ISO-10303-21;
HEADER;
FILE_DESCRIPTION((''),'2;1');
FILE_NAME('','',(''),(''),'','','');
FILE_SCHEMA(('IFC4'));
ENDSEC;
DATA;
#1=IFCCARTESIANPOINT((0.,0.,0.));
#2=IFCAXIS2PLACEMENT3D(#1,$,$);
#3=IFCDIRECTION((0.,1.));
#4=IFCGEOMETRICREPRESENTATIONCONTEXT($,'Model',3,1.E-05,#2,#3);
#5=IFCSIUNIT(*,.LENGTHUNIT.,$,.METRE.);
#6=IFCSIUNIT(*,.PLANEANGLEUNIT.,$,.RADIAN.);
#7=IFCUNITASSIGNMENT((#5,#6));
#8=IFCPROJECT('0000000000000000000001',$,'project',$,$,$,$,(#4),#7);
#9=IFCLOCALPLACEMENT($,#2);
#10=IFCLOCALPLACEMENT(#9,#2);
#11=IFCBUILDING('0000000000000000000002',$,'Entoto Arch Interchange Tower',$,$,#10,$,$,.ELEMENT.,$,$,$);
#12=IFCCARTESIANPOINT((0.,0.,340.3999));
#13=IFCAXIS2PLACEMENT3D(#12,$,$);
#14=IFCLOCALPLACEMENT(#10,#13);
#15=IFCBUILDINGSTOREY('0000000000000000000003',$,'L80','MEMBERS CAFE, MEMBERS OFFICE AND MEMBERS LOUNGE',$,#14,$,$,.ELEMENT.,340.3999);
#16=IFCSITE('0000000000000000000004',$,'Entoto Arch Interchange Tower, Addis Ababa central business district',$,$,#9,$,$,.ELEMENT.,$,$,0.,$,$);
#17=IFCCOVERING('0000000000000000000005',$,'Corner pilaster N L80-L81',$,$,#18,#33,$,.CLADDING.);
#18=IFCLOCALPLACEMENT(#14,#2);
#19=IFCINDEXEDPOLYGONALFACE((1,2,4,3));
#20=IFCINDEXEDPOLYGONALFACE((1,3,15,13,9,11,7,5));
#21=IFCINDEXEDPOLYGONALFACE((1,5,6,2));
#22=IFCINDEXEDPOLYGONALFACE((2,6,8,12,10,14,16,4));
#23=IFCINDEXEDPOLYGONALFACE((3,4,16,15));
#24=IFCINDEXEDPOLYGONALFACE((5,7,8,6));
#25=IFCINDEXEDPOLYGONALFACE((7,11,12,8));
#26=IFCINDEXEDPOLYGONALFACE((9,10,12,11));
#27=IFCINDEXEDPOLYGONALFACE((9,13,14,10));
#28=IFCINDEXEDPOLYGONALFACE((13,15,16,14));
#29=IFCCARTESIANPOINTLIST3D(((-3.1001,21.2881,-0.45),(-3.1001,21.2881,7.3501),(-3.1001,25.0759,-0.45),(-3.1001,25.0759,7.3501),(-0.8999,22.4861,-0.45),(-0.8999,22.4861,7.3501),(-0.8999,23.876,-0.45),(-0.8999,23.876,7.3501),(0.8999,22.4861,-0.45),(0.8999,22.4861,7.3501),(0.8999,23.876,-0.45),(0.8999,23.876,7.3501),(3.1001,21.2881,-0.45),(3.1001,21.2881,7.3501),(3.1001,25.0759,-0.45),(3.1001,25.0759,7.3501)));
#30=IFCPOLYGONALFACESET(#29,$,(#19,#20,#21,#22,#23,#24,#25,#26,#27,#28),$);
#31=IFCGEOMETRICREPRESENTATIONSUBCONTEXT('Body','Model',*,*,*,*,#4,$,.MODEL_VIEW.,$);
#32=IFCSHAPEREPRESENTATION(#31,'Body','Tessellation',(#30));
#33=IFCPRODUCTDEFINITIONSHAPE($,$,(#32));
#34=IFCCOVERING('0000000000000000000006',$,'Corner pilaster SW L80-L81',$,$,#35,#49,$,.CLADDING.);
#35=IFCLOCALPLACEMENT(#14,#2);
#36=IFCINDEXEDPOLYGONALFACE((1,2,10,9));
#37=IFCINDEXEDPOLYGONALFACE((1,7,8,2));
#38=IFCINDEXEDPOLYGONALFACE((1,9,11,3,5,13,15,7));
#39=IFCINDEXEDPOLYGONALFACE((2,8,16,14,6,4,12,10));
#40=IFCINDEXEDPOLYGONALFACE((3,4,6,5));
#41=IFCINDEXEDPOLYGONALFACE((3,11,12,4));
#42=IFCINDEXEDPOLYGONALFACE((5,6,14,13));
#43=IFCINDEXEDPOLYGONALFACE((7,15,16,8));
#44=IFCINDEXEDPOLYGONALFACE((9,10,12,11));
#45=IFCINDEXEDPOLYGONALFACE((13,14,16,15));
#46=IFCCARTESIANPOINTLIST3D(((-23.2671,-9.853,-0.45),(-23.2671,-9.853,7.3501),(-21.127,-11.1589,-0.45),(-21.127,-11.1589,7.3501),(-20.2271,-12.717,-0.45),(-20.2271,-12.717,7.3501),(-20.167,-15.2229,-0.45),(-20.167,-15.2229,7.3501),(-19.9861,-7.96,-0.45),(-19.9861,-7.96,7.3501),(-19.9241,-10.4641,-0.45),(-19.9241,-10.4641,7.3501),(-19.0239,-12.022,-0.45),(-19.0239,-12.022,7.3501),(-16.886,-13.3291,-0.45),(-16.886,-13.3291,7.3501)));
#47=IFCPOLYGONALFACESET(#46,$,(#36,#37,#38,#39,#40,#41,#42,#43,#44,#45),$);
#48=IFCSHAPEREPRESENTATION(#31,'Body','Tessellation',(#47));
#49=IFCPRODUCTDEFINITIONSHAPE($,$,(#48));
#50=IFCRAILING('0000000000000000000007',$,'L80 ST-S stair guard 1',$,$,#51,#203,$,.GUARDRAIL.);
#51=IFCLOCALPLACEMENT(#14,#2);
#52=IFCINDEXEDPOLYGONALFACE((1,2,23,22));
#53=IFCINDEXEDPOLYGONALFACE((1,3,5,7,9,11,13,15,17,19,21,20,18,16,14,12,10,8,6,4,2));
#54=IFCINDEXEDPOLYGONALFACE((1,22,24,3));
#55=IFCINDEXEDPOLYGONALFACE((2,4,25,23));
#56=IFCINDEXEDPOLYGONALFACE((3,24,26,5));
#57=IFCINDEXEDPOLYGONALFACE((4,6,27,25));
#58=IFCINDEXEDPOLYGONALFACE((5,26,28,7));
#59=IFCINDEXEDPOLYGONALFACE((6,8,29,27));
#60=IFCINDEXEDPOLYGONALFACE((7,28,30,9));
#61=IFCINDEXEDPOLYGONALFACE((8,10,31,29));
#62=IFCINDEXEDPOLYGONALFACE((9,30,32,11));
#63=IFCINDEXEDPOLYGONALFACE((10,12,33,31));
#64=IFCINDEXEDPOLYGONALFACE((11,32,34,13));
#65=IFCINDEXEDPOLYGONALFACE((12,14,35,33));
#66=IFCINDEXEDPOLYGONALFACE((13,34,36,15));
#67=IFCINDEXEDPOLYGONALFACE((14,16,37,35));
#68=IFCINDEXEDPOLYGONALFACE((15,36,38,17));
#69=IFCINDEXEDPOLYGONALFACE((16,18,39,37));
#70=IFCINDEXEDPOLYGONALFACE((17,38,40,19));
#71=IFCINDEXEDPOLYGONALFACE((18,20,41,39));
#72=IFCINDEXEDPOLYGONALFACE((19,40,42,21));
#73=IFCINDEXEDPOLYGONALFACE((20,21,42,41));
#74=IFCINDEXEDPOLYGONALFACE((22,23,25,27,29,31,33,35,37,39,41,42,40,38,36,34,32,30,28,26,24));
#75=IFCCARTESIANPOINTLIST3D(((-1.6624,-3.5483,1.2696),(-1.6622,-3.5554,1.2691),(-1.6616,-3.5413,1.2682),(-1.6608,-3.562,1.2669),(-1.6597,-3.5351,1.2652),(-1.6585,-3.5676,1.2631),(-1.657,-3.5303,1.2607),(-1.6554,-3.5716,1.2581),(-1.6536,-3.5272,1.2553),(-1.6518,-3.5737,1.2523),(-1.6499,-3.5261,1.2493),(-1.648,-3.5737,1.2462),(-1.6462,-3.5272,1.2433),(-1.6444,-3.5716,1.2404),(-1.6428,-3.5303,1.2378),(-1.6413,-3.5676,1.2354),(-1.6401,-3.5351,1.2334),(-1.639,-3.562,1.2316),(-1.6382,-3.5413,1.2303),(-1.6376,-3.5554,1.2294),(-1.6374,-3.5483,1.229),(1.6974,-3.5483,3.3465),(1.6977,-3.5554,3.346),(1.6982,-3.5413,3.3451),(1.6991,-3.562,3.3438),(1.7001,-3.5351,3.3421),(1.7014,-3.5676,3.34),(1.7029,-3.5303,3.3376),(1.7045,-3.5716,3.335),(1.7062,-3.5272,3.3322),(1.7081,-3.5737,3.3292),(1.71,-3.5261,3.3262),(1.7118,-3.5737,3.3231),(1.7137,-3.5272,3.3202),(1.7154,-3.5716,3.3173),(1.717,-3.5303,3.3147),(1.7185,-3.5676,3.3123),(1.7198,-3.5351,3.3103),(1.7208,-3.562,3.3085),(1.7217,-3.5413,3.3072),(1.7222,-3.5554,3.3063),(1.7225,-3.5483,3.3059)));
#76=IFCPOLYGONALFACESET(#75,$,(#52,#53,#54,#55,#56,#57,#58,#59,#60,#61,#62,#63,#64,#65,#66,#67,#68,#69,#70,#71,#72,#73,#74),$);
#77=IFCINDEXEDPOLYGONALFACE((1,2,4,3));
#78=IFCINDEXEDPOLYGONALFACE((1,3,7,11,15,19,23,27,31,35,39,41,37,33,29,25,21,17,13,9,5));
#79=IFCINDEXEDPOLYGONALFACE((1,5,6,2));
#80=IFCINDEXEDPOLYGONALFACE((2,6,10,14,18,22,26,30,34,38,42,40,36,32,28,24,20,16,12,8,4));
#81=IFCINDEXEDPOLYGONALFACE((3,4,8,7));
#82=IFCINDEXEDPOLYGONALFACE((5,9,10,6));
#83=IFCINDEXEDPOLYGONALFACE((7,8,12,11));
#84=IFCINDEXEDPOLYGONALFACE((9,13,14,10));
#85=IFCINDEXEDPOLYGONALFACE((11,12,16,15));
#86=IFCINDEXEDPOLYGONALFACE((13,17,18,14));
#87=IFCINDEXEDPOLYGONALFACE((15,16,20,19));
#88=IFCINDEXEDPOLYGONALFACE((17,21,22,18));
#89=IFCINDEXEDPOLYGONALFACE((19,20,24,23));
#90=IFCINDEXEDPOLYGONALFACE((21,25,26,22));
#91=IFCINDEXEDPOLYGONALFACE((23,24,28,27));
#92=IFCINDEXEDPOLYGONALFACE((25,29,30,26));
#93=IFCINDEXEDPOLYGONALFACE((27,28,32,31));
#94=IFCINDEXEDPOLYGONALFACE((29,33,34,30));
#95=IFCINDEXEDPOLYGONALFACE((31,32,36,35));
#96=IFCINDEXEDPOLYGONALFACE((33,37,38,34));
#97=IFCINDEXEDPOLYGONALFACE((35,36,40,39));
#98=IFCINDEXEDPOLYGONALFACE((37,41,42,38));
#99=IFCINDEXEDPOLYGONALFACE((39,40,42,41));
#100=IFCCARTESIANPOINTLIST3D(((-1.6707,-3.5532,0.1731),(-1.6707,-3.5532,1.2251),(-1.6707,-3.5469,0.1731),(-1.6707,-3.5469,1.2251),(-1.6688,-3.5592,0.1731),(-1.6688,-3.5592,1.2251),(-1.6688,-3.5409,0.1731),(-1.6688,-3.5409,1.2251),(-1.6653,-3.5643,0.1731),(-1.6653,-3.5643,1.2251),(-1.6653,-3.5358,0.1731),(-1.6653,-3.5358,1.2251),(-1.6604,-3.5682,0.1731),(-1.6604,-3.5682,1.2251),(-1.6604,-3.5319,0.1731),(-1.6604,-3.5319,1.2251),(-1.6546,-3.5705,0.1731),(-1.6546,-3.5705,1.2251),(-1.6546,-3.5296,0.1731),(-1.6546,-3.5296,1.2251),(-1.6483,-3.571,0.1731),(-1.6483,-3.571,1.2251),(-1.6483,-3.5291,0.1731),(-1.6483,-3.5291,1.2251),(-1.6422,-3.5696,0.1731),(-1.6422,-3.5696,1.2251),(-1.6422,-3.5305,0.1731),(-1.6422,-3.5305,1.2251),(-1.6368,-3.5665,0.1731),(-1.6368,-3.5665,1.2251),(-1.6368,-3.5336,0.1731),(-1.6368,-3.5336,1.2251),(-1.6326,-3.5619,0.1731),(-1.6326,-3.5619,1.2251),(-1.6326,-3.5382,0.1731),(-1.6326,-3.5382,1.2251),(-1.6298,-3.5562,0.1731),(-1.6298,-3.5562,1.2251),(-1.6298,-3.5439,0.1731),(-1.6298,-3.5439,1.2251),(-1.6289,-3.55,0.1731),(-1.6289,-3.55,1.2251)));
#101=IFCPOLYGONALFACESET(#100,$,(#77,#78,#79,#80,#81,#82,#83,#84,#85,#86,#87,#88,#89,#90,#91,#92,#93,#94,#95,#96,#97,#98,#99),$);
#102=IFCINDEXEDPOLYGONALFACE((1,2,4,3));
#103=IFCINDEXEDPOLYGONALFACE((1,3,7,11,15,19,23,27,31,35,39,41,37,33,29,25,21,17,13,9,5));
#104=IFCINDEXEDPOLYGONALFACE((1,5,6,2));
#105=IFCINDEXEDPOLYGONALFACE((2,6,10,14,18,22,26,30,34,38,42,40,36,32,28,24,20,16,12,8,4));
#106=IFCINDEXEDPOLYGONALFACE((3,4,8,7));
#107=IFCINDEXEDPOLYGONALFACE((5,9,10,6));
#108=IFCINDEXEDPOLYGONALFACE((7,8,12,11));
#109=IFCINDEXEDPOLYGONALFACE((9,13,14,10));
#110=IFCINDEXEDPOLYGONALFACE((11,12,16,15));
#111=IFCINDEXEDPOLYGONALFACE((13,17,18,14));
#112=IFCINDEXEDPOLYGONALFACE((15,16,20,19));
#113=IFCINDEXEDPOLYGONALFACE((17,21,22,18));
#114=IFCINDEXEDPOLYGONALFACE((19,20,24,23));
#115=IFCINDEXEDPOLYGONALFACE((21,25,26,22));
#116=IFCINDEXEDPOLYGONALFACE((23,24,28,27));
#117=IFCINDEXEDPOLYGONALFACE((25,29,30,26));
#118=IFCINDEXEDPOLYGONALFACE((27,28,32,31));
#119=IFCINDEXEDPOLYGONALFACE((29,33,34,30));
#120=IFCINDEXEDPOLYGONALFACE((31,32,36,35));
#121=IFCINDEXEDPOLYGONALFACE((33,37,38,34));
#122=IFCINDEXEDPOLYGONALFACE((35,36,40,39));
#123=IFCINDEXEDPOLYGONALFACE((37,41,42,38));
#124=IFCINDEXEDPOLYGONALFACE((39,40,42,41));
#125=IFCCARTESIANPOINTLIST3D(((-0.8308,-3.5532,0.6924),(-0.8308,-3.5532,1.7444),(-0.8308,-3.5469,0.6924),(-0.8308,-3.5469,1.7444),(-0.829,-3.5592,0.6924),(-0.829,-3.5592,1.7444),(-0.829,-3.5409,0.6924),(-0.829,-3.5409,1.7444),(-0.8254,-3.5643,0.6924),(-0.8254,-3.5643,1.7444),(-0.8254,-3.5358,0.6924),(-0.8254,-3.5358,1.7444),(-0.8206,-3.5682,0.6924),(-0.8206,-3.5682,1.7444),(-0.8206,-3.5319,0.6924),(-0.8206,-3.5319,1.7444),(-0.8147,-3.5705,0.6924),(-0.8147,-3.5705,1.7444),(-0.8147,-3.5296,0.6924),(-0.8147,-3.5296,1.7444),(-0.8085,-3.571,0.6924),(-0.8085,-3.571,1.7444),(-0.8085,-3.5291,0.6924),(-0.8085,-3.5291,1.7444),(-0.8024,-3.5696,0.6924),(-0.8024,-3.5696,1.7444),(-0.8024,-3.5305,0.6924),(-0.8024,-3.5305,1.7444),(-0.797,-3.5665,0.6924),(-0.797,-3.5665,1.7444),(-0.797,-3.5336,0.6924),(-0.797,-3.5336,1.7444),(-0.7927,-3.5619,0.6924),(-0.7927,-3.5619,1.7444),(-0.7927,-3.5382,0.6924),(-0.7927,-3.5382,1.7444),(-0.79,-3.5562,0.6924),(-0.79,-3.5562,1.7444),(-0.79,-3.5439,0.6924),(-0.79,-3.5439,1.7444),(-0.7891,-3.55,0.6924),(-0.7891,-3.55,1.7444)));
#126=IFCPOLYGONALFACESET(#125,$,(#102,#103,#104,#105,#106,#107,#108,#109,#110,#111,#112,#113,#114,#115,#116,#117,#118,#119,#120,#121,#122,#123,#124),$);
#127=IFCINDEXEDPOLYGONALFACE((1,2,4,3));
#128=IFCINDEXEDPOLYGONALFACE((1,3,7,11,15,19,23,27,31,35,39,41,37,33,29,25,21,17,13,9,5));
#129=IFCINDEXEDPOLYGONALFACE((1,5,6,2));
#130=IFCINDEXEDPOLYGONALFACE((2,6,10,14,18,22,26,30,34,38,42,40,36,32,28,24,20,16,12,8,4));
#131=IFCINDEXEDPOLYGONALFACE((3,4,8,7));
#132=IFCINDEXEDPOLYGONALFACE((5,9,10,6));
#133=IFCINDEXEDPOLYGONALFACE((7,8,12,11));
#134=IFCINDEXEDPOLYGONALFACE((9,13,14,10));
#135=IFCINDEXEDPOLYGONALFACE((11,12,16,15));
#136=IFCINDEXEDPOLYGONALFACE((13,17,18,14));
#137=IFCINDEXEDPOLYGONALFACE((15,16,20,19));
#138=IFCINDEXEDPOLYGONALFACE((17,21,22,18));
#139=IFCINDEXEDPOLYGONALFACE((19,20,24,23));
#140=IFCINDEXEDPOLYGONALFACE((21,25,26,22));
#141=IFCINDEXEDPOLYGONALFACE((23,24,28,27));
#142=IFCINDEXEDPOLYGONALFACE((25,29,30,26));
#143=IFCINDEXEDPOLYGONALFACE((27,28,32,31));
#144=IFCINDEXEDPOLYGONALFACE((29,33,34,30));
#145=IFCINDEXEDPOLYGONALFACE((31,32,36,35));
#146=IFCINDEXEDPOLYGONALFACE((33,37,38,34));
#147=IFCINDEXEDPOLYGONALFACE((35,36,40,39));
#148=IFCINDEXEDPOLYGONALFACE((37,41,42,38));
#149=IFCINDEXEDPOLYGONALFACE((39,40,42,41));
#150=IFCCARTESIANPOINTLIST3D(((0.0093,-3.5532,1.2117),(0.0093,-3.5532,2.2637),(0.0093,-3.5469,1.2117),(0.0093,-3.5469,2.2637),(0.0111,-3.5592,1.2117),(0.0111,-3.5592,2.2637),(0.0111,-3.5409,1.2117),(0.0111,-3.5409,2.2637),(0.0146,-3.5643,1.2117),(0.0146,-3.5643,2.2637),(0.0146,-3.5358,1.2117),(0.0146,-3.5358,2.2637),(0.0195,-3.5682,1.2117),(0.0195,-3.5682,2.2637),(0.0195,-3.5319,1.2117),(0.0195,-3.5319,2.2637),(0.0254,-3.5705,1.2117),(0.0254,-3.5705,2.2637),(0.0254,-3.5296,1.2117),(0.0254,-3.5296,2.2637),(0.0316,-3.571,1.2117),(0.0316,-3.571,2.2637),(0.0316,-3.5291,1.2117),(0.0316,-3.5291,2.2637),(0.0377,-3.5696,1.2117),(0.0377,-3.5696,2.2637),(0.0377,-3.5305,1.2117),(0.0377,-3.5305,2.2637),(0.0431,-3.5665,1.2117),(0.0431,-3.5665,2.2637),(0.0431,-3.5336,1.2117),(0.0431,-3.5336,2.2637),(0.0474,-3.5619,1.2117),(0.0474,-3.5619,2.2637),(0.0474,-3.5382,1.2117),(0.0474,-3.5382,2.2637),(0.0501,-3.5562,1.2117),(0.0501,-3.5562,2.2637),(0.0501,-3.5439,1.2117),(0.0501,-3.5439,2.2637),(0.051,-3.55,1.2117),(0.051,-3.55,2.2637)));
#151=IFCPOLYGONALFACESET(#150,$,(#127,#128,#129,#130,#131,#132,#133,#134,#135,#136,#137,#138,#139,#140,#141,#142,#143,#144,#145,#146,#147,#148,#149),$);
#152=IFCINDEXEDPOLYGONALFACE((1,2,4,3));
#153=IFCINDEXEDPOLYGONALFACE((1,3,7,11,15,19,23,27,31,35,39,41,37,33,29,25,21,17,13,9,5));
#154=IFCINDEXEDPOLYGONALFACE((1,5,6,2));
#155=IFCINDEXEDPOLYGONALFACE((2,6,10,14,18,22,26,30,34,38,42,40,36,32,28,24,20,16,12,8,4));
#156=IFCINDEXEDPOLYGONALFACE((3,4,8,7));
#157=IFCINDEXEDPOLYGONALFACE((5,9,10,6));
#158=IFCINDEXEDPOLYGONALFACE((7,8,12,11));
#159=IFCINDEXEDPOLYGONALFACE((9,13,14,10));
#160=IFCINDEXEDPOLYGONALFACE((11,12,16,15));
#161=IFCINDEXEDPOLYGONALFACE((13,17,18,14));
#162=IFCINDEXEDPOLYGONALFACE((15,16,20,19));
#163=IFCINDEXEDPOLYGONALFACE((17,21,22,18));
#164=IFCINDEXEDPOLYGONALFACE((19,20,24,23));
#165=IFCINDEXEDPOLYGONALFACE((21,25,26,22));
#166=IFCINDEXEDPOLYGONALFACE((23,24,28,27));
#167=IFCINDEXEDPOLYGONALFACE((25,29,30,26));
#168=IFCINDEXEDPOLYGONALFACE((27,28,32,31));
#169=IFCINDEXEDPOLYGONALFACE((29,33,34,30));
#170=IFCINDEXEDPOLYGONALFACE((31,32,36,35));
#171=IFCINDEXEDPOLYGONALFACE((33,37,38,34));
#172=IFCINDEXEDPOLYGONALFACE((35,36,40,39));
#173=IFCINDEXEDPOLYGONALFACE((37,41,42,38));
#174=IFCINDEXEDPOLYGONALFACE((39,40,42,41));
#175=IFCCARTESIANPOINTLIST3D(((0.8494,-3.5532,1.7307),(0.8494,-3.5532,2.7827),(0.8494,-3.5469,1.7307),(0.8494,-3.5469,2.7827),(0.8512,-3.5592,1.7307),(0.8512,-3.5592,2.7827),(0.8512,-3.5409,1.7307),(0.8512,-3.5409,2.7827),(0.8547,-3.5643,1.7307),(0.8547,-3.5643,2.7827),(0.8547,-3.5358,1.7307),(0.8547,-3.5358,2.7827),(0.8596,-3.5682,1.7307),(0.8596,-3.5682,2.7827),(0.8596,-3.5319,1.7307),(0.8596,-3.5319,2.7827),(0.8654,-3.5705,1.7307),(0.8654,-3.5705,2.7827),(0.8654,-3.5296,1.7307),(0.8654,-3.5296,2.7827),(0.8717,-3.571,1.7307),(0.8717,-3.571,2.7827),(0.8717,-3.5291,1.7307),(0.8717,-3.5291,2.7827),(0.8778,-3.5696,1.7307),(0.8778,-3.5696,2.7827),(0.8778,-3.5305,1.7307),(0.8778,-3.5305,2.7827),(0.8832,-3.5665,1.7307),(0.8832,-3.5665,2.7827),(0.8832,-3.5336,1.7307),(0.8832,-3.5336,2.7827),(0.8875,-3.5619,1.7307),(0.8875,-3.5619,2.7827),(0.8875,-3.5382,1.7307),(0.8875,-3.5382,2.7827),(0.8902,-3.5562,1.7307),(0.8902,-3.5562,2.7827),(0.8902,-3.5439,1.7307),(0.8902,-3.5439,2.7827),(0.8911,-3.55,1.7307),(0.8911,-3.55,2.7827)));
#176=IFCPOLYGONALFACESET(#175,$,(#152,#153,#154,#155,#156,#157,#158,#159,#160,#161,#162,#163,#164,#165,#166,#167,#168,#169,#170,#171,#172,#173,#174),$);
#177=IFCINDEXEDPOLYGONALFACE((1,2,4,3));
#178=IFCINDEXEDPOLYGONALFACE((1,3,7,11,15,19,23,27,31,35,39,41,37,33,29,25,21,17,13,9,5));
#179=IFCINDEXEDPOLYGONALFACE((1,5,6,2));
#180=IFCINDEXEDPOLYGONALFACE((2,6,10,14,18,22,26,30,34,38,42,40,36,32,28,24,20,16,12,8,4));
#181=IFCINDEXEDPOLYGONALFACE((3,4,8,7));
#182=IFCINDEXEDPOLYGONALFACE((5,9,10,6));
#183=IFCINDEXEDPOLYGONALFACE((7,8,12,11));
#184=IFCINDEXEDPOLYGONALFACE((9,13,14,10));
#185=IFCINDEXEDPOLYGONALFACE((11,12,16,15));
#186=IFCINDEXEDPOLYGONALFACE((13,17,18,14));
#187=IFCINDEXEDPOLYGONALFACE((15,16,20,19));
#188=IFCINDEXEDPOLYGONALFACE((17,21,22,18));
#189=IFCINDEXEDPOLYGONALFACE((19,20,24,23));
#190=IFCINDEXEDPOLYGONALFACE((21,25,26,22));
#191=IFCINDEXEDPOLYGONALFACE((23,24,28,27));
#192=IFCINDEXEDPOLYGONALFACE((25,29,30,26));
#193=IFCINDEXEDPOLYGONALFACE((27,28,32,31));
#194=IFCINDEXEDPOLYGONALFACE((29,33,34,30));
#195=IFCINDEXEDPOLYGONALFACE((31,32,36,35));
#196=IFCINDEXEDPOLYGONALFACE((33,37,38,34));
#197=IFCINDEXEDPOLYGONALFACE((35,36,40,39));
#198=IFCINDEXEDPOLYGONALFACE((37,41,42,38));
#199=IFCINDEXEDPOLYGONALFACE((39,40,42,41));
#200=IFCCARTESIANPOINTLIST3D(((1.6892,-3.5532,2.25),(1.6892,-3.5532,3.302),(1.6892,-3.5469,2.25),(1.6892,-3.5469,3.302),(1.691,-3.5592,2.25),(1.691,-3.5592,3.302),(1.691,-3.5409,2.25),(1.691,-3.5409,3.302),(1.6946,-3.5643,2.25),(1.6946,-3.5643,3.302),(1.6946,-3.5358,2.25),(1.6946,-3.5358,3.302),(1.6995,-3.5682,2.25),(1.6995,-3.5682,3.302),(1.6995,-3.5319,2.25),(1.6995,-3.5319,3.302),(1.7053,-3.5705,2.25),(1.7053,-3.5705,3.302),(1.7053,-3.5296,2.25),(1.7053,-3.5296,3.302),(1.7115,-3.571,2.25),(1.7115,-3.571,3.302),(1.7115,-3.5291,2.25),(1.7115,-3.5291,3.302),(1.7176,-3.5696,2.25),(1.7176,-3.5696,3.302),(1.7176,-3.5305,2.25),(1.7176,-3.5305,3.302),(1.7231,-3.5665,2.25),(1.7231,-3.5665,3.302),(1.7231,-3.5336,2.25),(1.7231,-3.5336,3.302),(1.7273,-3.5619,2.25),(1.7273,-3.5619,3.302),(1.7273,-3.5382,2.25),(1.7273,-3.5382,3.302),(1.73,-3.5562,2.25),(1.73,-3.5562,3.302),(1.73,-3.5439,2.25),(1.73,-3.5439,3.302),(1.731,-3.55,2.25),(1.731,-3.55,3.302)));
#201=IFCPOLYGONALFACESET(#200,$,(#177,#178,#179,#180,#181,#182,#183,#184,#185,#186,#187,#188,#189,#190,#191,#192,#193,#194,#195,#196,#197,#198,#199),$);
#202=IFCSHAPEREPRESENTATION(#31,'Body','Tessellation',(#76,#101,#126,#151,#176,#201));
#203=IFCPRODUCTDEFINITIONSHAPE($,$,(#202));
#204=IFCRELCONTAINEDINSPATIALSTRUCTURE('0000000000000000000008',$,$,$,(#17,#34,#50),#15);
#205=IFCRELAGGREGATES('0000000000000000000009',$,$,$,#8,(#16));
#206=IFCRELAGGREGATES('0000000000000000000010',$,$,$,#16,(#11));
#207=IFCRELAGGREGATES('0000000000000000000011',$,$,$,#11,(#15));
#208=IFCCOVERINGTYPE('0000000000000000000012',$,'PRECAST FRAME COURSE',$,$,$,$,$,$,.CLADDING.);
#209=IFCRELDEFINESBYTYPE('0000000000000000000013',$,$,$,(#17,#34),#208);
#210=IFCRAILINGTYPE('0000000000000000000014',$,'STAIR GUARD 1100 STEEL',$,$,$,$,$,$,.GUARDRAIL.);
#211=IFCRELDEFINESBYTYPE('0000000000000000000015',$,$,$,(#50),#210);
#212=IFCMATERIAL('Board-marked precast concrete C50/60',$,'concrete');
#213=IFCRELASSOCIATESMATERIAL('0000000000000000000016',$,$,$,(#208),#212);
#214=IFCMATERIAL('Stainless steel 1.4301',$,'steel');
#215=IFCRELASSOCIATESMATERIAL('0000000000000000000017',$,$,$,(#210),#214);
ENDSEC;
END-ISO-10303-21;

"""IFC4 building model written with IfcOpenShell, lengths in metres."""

from ifc_helpers import new_model, si_unit, direction, frame, origin, origin_2d, place, context, subcontext, project, spatial, polyline, circle, outline, extrude, material, type_object, element, save


model = new_model("IFC4")

# Units and contexts
model_context = context("Model", 3, precision=1e-05, world=origin(), true_north=direction((0.0, 1.0)))
body_context = subcontext(model_context, "Body", "Model", "MODEL_VIEW")
ifc_project = project(units=[si_unit("LENGTHUNIT", "METRE"), si_unit("PLANEANGLEUNIT", "RADIAN")], contexts=[model_context])

# Site, building, storey
site_placement = place(None, origin())
site = spatial("IfcSite", under=ifc_project, at=site_placement, Name="Entoto Arch Interchange Tower, Addis Ababa central business district", CompositionType="ELEMENT", RefElevation=0.0)
building_placement = place(site_placement, origin())
building = spatial("IfcBuilding", under=site, at=building_placement, Name="Entoto Arch Interchange Tower", CompositionType="ELEMENT")
storey_placement = place(building_placement, frame((0.0, 0.0, 340.3999)))
storey = spatial("IfcBuildingStorey", under=building, at=storey_placement, Name="L80", Description="MEMBERS CAFE, MEMBERS OFFICE AND MEMBERS LOUNGE", CompositionType="ELEMENT", Elevation=340.3999)

# Shared definitions
ifc_material_1 = material(Name="Board-marked precast concrete C50/60", Category="concrete")

# Coverings
covering_type = type_object("IfcCoveringType", Name="PRECAST FRAME COURSE", PredefinedType="CLADDING", material=ifc_material_1)
covering_1_placement = place(storey_placement, frame((0.0, 0.0, -0.45)))
element("IfcCovering", 1, at=covering_1_placement, inside=storey, type_object=covering_type, Name="Corner pilaster N L80-L81", PredefinedType="CLADDING", context=body_context, shape_type="SweptSolid", body=[
    extrude(outline(polyline([(-3.1001, 25.0759), (3.1001, 25.0759), (3.1001, 21.2881), (0.8999, 22.4861), (0.8999, 23.876), (-0.8999, 23.876), (-0.8999, 22.4861), (-3.1001, 21.2881), (-3.1001, 25.0759)])), origin(), (0.0, 0.0, 1.0), 7.8),
])
covering_2_placement = place(storey_placement, frame((0.0, 0.0, -0.45)))
element("IfcCovering", 2, at=covering_2_placement, inside=storey, type_object=covering_type, Name="Corner pilaster SW L80-L81", PredefinedType="CLADDING", context=body_context, shape_type="SweptSolid", body=[
    extrude(outline(polyline([(-20.167, -15.2229), (-23.2671, -9.853), (-19.9861, -7.96), (-19.9241, -10.4641), (-21.127, -11.1589), (-20.2271, -12.717), (-19.0239, -12.022), (-16.886, -13.3291), (-20.167, -15.2229)])), origin(), (0.0, 0.0, 1.0), 7.8),
])

# Railing
ifc_material_2 = material(Name="Stainless steel 1.4301", Category="steel")
railing_type_1 = type_object("IfcRailingType", Name="STAIR GUARD 1100 STEEL", PredefinedType="GUARDRAIL", material=ifc_material_2)
railing_1_placement = place(storey_placement, frame((-1.6499, -3.55, 0.1731)))
element("IfcRailing", 3, at=railing_1_placement, inside=storey, type_object=railing_type_1, Name="L80 ST-S stair guard 1", PredefinedType="GUARDRAIL", context=body_context, shape_type="SweptSolid", body=[
    extrude(circle(Radius=0.0239, at=origin_2d()), frame((0.0, 0.0, 1.0762), z_axis=(0.850606, 0.0, 0.525803), x_axis=(0.0, 1.0, 0.0)), (0.0, 0.0, 1.0), 3.95),
    extrude(circle(Radius=0.021, at=origin_2d()), origin(), (0.0, 0.0, 1.0), 1.052),
    extrude(circle(Radius=0.021, at=origin_2d()), frame((0.8398, 0.0, 0.5193)), (0.0, 0.0, 1.0), 1.052),
    extrude(circle(Radius=0.021, at=origin_2d()), frame((1.6799, 0.0, 1.0386)), (0.0, 0.0, 1.0), 1.052),
    extrude(circle(Radius=0.021, at=origin_2d()), frame((2.52, 0.0, 1.5576)), (0.0, 0.0, 1.0), 1.052),
    extrude(circle(Radius=0.021, at=origin_2d()), frame((3.3599, 0.0, 2.0769)), (0.0, 0.0, 1.0), 1.052),
])

save(model, "model.ifc")
